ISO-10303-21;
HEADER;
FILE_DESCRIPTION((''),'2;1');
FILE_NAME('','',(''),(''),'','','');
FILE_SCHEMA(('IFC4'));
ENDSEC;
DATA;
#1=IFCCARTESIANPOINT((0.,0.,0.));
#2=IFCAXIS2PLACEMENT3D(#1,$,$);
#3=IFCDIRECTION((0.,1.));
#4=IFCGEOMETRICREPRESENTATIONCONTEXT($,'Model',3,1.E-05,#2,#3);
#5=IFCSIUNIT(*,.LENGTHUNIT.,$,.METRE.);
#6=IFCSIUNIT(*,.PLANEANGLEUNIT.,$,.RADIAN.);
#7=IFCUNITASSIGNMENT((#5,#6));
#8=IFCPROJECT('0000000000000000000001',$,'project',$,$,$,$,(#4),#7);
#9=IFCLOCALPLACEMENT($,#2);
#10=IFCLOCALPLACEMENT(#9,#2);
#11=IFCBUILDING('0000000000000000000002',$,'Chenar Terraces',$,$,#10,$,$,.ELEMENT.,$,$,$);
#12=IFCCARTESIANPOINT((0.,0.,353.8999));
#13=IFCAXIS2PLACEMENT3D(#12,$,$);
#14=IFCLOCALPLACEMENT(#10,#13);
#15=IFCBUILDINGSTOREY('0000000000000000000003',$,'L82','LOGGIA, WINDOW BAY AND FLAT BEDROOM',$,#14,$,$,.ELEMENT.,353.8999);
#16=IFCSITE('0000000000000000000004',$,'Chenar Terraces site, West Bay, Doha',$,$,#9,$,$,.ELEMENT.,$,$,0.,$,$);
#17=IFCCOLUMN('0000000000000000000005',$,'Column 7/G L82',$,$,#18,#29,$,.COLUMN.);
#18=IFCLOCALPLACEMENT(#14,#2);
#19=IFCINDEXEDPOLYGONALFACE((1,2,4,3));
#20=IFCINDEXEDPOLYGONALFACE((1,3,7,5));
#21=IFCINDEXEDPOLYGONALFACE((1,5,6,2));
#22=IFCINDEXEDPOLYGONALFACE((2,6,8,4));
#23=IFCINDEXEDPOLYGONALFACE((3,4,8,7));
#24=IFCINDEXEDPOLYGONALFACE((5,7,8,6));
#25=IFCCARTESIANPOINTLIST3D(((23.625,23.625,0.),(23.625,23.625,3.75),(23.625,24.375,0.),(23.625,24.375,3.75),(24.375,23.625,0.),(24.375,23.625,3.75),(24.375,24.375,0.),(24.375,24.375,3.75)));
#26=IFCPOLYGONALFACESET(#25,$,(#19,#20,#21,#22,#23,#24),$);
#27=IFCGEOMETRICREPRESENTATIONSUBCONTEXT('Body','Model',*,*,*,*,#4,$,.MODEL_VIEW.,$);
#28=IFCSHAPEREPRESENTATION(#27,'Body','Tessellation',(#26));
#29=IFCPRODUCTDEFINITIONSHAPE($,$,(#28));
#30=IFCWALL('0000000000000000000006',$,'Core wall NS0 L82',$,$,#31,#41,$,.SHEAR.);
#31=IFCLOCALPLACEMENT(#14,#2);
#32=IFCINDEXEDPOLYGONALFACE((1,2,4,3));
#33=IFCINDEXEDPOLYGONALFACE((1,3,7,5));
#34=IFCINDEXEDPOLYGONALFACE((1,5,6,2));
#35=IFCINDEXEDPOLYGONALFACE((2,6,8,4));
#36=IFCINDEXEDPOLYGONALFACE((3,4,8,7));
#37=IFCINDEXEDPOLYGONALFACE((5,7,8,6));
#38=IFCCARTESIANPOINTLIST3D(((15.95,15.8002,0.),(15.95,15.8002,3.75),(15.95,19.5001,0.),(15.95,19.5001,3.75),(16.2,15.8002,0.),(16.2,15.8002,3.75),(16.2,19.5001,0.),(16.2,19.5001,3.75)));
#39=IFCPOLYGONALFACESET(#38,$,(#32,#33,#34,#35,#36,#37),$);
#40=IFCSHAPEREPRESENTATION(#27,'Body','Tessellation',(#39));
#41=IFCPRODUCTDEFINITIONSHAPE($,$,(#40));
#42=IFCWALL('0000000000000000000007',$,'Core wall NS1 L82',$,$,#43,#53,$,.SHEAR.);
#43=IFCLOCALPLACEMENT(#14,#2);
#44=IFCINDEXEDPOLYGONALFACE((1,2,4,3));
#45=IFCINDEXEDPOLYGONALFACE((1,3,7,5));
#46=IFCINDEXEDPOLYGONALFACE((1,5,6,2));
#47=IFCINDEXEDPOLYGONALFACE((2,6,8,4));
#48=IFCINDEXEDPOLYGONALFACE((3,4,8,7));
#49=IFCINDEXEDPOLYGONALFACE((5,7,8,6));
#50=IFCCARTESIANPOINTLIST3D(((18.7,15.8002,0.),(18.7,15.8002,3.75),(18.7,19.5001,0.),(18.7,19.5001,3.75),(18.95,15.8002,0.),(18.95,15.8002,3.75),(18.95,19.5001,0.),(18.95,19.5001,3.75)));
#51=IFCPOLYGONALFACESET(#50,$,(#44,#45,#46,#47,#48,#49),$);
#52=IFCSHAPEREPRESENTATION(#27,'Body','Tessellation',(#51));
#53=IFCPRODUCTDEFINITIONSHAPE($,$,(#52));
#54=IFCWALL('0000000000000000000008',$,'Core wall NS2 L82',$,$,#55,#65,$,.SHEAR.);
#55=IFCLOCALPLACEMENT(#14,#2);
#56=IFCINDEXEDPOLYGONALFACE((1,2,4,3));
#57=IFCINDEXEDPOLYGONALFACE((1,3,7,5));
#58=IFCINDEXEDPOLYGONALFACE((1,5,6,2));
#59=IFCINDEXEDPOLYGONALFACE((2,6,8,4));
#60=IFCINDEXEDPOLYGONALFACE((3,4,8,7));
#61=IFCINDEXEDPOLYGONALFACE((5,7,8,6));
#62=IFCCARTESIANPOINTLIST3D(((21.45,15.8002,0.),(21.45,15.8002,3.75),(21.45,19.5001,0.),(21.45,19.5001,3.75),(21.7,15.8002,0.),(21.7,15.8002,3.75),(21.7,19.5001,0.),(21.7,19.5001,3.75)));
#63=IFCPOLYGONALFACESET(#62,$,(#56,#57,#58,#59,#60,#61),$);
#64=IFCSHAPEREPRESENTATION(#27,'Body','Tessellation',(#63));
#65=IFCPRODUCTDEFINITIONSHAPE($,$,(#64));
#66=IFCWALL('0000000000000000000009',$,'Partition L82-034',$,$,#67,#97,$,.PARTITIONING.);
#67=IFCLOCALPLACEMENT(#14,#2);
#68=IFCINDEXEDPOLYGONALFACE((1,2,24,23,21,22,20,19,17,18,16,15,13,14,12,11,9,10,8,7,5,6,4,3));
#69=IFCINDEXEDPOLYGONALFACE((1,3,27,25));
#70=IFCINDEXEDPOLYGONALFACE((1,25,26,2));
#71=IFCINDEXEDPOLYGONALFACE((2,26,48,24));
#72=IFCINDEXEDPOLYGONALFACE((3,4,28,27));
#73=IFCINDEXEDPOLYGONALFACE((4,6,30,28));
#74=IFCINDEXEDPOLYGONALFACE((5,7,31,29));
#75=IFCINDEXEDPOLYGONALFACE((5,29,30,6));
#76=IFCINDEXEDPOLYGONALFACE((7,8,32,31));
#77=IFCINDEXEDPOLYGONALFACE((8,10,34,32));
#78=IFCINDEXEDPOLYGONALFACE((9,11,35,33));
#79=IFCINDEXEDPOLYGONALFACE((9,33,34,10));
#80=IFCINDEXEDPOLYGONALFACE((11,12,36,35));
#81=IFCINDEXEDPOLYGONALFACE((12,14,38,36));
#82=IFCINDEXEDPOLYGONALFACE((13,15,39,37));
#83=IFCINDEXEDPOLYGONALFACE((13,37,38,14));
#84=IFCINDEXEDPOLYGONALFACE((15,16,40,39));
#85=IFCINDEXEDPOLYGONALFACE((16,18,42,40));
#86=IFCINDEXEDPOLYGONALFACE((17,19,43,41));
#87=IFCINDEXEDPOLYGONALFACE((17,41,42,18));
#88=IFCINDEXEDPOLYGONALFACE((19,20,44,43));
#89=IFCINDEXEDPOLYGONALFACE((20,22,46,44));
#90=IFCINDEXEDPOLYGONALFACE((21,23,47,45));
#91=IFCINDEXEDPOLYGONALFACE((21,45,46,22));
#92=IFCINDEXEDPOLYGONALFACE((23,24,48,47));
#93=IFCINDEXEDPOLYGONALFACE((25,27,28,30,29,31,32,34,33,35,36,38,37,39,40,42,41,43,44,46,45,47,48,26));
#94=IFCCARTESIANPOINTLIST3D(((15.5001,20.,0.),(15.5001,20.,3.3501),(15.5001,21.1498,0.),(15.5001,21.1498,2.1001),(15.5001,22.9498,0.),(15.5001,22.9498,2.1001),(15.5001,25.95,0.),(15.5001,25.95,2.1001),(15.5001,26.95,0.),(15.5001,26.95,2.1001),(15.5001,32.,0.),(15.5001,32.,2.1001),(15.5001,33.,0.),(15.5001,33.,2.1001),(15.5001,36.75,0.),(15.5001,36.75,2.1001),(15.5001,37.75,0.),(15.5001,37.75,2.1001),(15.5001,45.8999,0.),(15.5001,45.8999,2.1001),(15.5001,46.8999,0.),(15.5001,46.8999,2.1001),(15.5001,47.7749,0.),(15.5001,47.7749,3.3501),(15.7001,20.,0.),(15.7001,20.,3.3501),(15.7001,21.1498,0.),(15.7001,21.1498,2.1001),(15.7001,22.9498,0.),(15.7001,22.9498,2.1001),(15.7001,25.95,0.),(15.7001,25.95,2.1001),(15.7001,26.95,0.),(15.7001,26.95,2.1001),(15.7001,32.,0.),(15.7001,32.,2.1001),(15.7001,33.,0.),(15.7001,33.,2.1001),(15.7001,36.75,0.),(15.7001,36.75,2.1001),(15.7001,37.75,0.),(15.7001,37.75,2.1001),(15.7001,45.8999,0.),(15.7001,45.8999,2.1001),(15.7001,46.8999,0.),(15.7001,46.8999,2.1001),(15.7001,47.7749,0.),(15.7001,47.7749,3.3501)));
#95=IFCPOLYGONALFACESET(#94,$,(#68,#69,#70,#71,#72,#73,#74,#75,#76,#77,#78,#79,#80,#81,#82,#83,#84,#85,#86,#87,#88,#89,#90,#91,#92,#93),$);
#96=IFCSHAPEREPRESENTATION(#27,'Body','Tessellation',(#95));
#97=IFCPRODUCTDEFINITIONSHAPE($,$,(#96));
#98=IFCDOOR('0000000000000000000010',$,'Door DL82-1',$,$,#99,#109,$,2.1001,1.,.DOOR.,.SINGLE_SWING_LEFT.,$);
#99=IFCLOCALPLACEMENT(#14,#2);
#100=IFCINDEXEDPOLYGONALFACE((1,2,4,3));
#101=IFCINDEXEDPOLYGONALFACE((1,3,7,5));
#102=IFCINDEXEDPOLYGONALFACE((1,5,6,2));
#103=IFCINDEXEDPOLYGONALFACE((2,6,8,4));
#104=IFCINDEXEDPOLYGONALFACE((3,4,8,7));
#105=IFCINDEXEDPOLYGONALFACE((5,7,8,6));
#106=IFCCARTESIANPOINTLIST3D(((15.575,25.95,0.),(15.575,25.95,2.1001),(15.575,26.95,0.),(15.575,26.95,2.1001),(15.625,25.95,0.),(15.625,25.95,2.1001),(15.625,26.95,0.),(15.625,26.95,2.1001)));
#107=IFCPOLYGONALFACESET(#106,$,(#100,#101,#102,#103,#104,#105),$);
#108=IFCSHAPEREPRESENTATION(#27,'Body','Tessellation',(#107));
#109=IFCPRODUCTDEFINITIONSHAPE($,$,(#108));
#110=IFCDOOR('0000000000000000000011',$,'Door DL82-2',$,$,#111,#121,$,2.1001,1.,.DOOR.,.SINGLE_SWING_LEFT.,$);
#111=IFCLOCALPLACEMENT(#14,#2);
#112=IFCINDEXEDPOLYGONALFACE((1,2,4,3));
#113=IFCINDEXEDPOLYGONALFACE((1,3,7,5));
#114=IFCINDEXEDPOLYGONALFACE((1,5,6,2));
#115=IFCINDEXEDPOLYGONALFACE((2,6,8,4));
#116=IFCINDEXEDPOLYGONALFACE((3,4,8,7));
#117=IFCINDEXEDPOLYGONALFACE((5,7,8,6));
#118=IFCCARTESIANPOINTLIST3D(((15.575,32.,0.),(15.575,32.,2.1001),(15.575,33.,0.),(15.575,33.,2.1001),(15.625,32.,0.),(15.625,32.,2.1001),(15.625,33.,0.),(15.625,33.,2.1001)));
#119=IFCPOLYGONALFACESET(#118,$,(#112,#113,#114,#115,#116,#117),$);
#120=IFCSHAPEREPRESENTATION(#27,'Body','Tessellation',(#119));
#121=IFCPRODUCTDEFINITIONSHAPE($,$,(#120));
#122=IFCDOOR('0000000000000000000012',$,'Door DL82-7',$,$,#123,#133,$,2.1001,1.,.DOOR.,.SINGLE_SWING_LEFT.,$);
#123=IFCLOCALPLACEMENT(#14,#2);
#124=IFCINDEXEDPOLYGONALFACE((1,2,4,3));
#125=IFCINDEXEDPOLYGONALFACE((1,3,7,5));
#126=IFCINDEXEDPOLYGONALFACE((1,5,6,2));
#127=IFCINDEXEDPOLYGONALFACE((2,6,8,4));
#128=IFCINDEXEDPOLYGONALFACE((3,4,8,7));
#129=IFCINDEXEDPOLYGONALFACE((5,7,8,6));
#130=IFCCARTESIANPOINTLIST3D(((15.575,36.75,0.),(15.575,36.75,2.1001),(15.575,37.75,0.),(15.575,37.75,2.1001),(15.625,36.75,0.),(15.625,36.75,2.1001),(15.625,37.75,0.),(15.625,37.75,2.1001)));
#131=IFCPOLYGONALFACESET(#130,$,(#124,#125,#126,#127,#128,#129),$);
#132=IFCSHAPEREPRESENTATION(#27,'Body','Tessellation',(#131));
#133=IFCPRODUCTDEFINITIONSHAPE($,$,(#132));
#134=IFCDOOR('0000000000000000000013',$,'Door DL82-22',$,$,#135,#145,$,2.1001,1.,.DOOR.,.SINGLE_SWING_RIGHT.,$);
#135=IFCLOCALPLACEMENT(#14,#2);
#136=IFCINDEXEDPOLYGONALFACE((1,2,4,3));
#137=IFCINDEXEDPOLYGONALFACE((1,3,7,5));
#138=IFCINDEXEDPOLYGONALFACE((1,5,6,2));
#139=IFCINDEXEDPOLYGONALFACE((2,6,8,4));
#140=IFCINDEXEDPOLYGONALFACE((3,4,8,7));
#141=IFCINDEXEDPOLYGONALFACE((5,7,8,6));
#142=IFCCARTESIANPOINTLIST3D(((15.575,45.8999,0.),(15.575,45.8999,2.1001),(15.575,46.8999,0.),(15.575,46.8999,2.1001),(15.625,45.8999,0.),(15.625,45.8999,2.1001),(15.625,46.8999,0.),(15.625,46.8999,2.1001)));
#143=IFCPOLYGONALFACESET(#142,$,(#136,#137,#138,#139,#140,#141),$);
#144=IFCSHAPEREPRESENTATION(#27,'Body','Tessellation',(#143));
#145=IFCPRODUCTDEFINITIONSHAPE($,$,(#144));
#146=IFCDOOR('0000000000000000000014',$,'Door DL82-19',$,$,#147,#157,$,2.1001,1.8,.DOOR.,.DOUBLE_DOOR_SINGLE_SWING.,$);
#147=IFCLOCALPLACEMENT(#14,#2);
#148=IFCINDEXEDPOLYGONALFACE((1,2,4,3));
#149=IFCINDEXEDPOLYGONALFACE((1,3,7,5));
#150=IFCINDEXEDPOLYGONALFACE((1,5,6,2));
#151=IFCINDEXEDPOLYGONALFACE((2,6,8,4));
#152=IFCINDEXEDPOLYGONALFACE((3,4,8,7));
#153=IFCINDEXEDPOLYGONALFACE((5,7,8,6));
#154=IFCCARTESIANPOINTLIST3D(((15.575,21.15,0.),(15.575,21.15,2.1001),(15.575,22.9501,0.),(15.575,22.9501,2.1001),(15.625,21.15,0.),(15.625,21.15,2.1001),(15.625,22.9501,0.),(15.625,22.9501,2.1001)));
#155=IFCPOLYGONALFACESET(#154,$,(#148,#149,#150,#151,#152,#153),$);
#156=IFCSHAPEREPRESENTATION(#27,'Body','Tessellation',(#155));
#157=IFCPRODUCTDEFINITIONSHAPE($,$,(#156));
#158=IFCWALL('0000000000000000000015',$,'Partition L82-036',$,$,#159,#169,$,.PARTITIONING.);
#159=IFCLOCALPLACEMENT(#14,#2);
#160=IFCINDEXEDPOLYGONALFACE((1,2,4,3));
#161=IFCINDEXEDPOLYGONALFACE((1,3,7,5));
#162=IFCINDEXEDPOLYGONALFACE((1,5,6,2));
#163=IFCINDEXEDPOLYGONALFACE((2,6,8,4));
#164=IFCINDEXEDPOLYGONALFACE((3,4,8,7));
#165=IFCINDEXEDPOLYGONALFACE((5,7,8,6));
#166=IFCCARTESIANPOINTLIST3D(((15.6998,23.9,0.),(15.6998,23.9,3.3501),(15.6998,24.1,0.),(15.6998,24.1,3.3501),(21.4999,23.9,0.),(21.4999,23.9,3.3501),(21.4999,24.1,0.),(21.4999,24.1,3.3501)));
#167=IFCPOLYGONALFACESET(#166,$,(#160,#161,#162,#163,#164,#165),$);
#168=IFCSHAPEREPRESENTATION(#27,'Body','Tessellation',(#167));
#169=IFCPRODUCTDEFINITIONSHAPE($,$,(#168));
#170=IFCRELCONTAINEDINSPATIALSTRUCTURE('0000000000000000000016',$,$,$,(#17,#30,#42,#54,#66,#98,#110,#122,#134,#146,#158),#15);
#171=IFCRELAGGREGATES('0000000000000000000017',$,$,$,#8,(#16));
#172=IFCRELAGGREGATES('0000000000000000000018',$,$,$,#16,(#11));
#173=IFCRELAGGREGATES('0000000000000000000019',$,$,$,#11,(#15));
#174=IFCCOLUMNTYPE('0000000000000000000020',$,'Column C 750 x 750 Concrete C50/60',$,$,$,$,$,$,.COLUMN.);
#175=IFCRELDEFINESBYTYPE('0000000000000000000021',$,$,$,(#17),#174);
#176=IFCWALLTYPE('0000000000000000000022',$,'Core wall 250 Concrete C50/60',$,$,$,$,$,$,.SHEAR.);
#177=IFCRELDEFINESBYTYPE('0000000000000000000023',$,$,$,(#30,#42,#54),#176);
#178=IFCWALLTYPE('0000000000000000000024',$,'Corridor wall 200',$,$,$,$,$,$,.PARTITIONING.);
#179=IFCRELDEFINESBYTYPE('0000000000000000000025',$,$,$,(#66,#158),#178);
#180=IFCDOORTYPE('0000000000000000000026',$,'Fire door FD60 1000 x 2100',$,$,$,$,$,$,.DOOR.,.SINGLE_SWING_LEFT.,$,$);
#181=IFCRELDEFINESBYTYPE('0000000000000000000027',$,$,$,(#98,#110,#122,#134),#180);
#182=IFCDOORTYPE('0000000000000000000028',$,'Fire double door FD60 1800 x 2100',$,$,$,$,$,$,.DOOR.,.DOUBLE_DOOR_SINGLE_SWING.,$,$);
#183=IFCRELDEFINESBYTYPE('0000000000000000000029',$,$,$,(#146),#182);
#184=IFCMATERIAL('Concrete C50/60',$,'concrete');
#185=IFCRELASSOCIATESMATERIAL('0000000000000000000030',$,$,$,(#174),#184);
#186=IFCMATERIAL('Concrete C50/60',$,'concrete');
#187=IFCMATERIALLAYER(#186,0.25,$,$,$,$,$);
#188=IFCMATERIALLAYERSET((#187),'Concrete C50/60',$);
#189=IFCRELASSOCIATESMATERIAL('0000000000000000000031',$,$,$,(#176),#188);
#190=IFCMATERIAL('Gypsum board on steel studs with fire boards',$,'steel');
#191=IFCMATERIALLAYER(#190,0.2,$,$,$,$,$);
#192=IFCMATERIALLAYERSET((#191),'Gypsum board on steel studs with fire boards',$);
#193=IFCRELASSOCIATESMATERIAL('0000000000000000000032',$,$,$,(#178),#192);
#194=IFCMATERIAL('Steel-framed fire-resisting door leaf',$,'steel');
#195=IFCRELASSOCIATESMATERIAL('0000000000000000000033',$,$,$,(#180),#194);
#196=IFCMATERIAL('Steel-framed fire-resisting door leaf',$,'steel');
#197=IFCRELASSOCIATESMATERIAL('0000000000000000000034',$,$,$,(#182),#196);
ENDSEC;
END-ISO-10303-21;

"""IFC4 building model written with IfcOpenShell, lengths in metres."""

from ifc_helpers import new_model, si_unit, direction, frame, frame_2d, origin, origin_2d, place, context, subcontext, project, spatial, rectangle, extrude, material, layer, layer_set, material_profile, profile_set, type_object, element, fill, save


model = new_model("IFC4")

# Units and contexts
model_context = context("Model", 3, precision=1e-05, world=origin(), true_north=direction((0.0, 1.0)))
body_context = subcontext(model_context, "Body", "Model", "MODEL_VIEW")
ifc_project = project(units=[si_unit("LENGTHUNIT", "METRE"), si_unit("PLANEANGLEUNIT", "RADIAN")], contexts=[model_context])

# Site, building, storey
site_placement = place(None, origin())
site = spatial("IfcSite", under=ifc_project, at=site_placement, Name="Chenar Terraces site, West Bay, Doha", CompositionType="ELEMENT", RefElevation=0.0)
building_placement = place(site_placement, origin())
building = spatial("IfcBuilding", under=site, at=building_placement, Name="Chenar Terraces", CompositionType="ELEMENT")
storey_placement = place(building_placement, frame((0.0, 0.0, 353.8999)))
storey = spatial("IfcBuildingStorey", under=building, at=storey_placement, Name="L82", Description="LOGGIA, WINDOW BAY AND FLAT BEDROOM", CompositionType="ELEMENT", Elevation=353.8999)

# Column
ifc_material_1 = material(Name="Concrete C50/60", Category="concrete")
ifc_material_profile = material_profile(ifc_material_1, rectangle(XDim=0.75, YDim=0.75, at=origin_2d()), Name="C 750 x 750")
ifc_profile_set = profile_set([ifc_material_profile], Name="Concrete C50/60")
column_type = type_object("IfcColumnType", Name="Column C 750 x 750 Concrete C50/60", PredefinedType="COLUMN", material=ifc_profile_set)
column_placement = place(storey_placement, frame((24.0, 24.0, 0.0), z_axis=(0.0, 0.0, 1.0), x_axis=(1.0, 0.0, 0.0)))
element("IfcColumn", 1, at=column_placement, inside=storey, type_object=column_type, Name="Column 7/G L82", PredefinedType="COLUMN", context=body_context, shape_type="SweptSolid", body=[
    extrude(rectangle(XDim=0.75, YDim=0.75, at=origin_2d()), origin(), (0.0, 0.0, 1.0), 3.75),
])

# Walls
ifc_material_2 = material(Name="Concrete C50/60", Category="concrete")
ifc_layer_1 = layer(ifc_material_2, 0.25)
ifc_layer_set_1 = layer_set([ifc_layer_1], Name="Concrete C50/60")
wall_type_1 = type_object("IfcWallType", Name="Core wall 250 Concrete C50/60", PredefinedType="SHEAR", material=ifc_layer_set_1)
for number, where, z_axis, x_axis, name in (
    (2, (16.075, 15.8, 0.0), (0.0, 0.0, 1.0), (0.0, 1.0, 0.0), "Core wall NS0 L82"),
    (3, (18.825, 15.8, 0.0), (0.0, 0.0, 1.0), (0.0, 1.0, 0.0), "Core wall NS1 L82"),
    (4, (21.575, 15.8, 0.0), (0.0, 0.0, 1.0), (0.0, 1.0, 0.0), "Core wall NS2 L82"),
):
    element("IfcWall", number, at=place(storey_placement, frame(where, z_axis=z_axis, x_axis=x_axis)), inside=storey, type_object=wall_type_1, Name=name, PredefinedType="SHEAR", context=body_context, shape_type="SweptSolid", body=[
        extrude(rectangle(XDim=3.7, YDim=0.25, at=frame_2d((1.8501, 0.0))), origin(), (0.0, 0.0, 1.0), 3.75),
    ])

# Wall, openings, doors
ifc_material_3 = material(Name="Gypsum board on steel studs with fire boards", Category="steel")
ifc_layer_2 = layer(ifc_material_3, 0.2)
ifc_layer_set_2 = layer_set([ifc_layer_2], Name="Gypsum board on steel studs with fire boards")
wall_type_2 = type_object("IfcWallType", Name="Corridor wall 200", PredefinedType="PARTITIONING", material=ifc_layer_set_2)
wall_1_placement = place(storey_placement, frame((15.6001, 20.0, 0.0), z_axis=(0.0, 0.0, 1.0), x_axis=(0.0, 1.0, 0.0)))
wall_1 = element("IfcWall", 5, at=wall_1_placement, inside=storey, type_object=wall_type_2, Name="Partition L82-034", PredefinedType="PARTITIONING", context=body_context, shape_type="SweptSolid", body=[
    extrude(rectangle(XDim=27.7749, YDim=0.2, at=frame_2d((13.8875, 0.0))), origin(), (0.0, 0.0, 1.0), 3.3501),
])
opening_1_placement = place(wall_1_placement, frame((5.95, 0.0, 0.0)))
opening_1 = element("IfcOpeningElement", 6, at=opening_1_placement, cuts=wall_1, PredefinedType="OPENING", context=body_context, shape_type="SweptSolid", body=[
    extrude(rectangle(XDim=1.0, YDim=2.1001, at=frame_2d((0.5, 1.05))), frame((0.0, 0.1099, 0.0), z_axis=(0.0, -1.0, 0.0), x_axis=(1.0, 0.0, 0.0)), (0.0, 0.0, 1.0), 0.22),
])
opening_2_placement = place(wall_1_placement, frame((12.0, 0.0, 0.0)))
opening_2 = element("IfcOpeningElement", 7, at=opening_2_placement, cuts=wall_1, PredefinedType="OPENING", context=body_context, shape_type="SweptSolid", body=[
    extrude(rectangle(XDim=1.0, YDim=2.1001, at=frame_2d((0.5, 1.05))), frame((0.0, 0.1099, 0.0), z_axis=(0.0, -1.0, 0.0), x_axis=(1.0, 0.0, 0.0)), (0.0, 0.0, 1.0), 0.22),
])
opening_3_placement = place(wall_1_placement, frame((16.75, 0.0, 0.0)))
opening_3 = element("IfcOpeningElement", 8, at=opening_3_placement, cuts=wall_1, PredefinedType="OPENING", context=body_context, shape_type="SweptSolid", body=[
    extrude(rectangle(XDim=1.0, YDim=2.1001, at=frame_2d((0.5, 1.05))), frame((0.0, 0.1099, 0.0), z_axis=(0.0, -1.0, 0.0), x_axis=(1.0, 0.0, 0.0)), (0.0, 0.0, 1.0), 0.22),
])
opening_4_placement = place(wall_1_placement, frame((1.1499, 0.0, 0.0)))
opening_4 = element("IfcOpeningElement", 9, at=opening_4_placement, cuts=wall_1, PredefinedType="OPENING", context=body_context, shape_type="SweptSolid", body=[
    extrude(rectangle(XDim=1.8, YDim=2.1001, at=frame_2d((0.8999, 1.05))), frame((0.0, 0.1099, 0.0), z_axis=(0.0, -1.0, 0.0), x_axis=(1.0, 0.0, 0.0)), (0.0, 0.0, 1.0), 0.22),
])
opening_5_placement = place(wall_1_placement, frame((25.8999, 0.0, 0.0)))
opening_5 = element("IfcOpeningElement", 10, at=opening_5_placement, cuts=wall_1, PredefinedType="OPENING", context=body_context, shape_type="SweptSolid", body=[
    extrude(rectangle(XDim=1.0, YDim=2.1001, at=frame_2d((0.5, 1.05))), frame((0.0, 0.1099, 0.0), z_axis=(0.0, -1.0, 0.0), x_axis=(1.0, 0.0, 0.0)), (0.0, 0.0, 1.0), 0.22),
])
ifc_material_4 = material(Name="Steel-framed fire-resisting door leaf", Category="steel")
door_type_1 = type_object("IfcDoorType", Name="Fire door FD60 1000 x 2100", OperationType="SINGLE_SWING_LEFT", PredefinedType="DOOR", material=ifc_material_4)
door_1_placement = place(opening_1_placement, frame((1.0, 0.0, 0.0), z_axis=(0.0, 0.0, 1.0), x_axis=(-1.0, 0.0, 0.0)))
door_1 = element("IfcDoor", 11, at=door_1_placement, inside=storey, type_object=door_type_1, Name="Door DL82-1", OperationType="SINGLE_SWING_LEFT", OverallHeight=2.1001, OverallWidth=1.0, PredefinedType="DOOR", context=body_context, shape_type="SweptSolid", body=[
    extrude(rectangle(XDim=1.0, YDim=2.1001, at=frame_2d((0.5, 1.05))), frame((0.0, 0.0249, 0.0), z_axis=(0.0, -1.0, 0.0), x_axis=(1.0, 0.0, 0.0)), (0.0, 0.0, 1.0), 0.05),
])
fill(opening_1, door_1)
door_2_placement = place(opening_2_placement, frame((1.0, 0.0, 0.0), z_axis=(0.0, 0.0, 1.0), x_axis=(-1.0, 0.0, 0.0)))
door_2 = element("IfcDoor", 12, at=door_2_placement, inside=storey, type_object=door_type_1, Name="Door DL82-2", OperationType="SINGLE_SWING_LEFT", OverallHeight=2.1001, OverallWidth=1.0, PredefinedType="DOOR", context=body_context, shape_type="SweptSolid", body=[
    extrude(rectangle(XDim=1.0, YDim=2.1001, at=frame_2d((0.5, 1.05))), frame((0.0, 0.0249, 0.0), z_axis=(0.0, -1.0, 0.0), x_axis=(1.0, 0.0, 0.0)), (0.0, 0.0, 1.0), 0.05),
])
fill(opening_2, door_2)
door_3_placement = place(opening_3_placement, frame((1.0, 0.0, 0.0), z_axis=(0.0, 0.0, 1.0), x_axis=(-1.0, 0.0, 0.0)))
door_3 = element("IfcDoor", 13, at=door_3_placement, inside=storey, type_object=door_type_1, Name="Door DL82-7", OperationType="SINGLE_SWING_LEFT", OverallHeight=2.1001, OverallWidth=1.0, PredefinedType="DOOR", context=body_context, shape_type="SweptSolid", body=[
    extrude(rectangle(XDim=1.0, YDim=2.1001, at=frame_2d((0.5, 1.05))), frame((0.0, 0.0249, 0.0), z_axis=(0.0, -1.0, 0.0), x_axis=(1.0, 0.0, 0.0)), (0.0, 0.0, 1.0), 0.05),
])
fill(opening_3, door_3)
door_4_placement = place(opening_5_placement, frame((1.0, 0.0, 0.0), z_axis=(0.0, 0.0, 1.0), x_axis=(-1.0, 0.0, 0.0)))
door_4 = element("IfcDoor", 14, at=door_4_placement, inside=storey, type_object=door_type_1, Name="Door DL82-22", OperationType="SINGLE_SWING_RIGHT", OverallHeight=2.1001, OverallWidth=1.0, PredefinedType="DOOR", context=body_context, shape_type="SweptSolid", body=[
    extrude(rectangle(XDim=1.0, YDim=2.1001, at=frame_2d((0.5, 1.05))), frame((0.0, 0.0249, 0.0), z_axis=(0.0, -1.0, 0.0), x_axis=(1.0, 0.0, 0.0)), (0.0, 0.0, 1.0), 0.05),
])
fill(opening_5, door_4)
ifc_material_5 = material(Name="Steel-framed fire-resisting door leaf", Category="steel")
door_type_2 = type_object("IfcDoorType", Name="Fire double door FD60 1800 x 2100", OperationType="DOUBLE_DOOR_SINGLE_SWING", PredefinedType="DOOR", material=ifc_material_5)
door_5_placement = place(opening_4_placement, frame((1.8, 0.0, 0.0), z_axis=(0.0, 0.0, 1.0), x_axis=(-1.0, 0.0, 0.0)))
door_5 = element("IfcDoor", 15, at=door_5_placement, inside=storey, type_object=door_type_2, Name="Door DL82-19", OperationType="DOUBLE_DOOR_SINGLE_SWING", OverallHeight=2.1001, OverallWidth=1.8, PredefinedType="DOOR", context=body_context, shape_type="SweptSolid", body=[
    extrude(rectangle(XDim=1.8, YDim=2.1001, at=frame_2d((0.8999, 1.05))), frame((0.0, 0.0249, 0.0), z_axis=(0.0, -1.0, 0.0), x_axis=(1.0, 0.0, 0.0)), (0.0, 0.0, 1.0), 0.05),
])
fill(opening_4, door_5)

# Wall
wall_2_placement = place(storey_placement, frame((15.7, 24.0, 0.0), z_axis=(0.0, 0.0, 1.0), x_axis=(1.0, 0.0, 0.0)))
element("IfcWall", 16, at=wall_2_placement, inside=storey, type_object=wall_type_2, Name="Partition L82-036", PredefinedType="PARTITIONING", context=body_context, shape_type="SweptSolid", body=[
    extrude(rectangle(XDim=5.8, YDim=0.2, at=frame_2d((2.8999, 0.0))), origin(), (0.0, 0.0, 1.0), 3.3501),
])

save(model, "model.ifc")
